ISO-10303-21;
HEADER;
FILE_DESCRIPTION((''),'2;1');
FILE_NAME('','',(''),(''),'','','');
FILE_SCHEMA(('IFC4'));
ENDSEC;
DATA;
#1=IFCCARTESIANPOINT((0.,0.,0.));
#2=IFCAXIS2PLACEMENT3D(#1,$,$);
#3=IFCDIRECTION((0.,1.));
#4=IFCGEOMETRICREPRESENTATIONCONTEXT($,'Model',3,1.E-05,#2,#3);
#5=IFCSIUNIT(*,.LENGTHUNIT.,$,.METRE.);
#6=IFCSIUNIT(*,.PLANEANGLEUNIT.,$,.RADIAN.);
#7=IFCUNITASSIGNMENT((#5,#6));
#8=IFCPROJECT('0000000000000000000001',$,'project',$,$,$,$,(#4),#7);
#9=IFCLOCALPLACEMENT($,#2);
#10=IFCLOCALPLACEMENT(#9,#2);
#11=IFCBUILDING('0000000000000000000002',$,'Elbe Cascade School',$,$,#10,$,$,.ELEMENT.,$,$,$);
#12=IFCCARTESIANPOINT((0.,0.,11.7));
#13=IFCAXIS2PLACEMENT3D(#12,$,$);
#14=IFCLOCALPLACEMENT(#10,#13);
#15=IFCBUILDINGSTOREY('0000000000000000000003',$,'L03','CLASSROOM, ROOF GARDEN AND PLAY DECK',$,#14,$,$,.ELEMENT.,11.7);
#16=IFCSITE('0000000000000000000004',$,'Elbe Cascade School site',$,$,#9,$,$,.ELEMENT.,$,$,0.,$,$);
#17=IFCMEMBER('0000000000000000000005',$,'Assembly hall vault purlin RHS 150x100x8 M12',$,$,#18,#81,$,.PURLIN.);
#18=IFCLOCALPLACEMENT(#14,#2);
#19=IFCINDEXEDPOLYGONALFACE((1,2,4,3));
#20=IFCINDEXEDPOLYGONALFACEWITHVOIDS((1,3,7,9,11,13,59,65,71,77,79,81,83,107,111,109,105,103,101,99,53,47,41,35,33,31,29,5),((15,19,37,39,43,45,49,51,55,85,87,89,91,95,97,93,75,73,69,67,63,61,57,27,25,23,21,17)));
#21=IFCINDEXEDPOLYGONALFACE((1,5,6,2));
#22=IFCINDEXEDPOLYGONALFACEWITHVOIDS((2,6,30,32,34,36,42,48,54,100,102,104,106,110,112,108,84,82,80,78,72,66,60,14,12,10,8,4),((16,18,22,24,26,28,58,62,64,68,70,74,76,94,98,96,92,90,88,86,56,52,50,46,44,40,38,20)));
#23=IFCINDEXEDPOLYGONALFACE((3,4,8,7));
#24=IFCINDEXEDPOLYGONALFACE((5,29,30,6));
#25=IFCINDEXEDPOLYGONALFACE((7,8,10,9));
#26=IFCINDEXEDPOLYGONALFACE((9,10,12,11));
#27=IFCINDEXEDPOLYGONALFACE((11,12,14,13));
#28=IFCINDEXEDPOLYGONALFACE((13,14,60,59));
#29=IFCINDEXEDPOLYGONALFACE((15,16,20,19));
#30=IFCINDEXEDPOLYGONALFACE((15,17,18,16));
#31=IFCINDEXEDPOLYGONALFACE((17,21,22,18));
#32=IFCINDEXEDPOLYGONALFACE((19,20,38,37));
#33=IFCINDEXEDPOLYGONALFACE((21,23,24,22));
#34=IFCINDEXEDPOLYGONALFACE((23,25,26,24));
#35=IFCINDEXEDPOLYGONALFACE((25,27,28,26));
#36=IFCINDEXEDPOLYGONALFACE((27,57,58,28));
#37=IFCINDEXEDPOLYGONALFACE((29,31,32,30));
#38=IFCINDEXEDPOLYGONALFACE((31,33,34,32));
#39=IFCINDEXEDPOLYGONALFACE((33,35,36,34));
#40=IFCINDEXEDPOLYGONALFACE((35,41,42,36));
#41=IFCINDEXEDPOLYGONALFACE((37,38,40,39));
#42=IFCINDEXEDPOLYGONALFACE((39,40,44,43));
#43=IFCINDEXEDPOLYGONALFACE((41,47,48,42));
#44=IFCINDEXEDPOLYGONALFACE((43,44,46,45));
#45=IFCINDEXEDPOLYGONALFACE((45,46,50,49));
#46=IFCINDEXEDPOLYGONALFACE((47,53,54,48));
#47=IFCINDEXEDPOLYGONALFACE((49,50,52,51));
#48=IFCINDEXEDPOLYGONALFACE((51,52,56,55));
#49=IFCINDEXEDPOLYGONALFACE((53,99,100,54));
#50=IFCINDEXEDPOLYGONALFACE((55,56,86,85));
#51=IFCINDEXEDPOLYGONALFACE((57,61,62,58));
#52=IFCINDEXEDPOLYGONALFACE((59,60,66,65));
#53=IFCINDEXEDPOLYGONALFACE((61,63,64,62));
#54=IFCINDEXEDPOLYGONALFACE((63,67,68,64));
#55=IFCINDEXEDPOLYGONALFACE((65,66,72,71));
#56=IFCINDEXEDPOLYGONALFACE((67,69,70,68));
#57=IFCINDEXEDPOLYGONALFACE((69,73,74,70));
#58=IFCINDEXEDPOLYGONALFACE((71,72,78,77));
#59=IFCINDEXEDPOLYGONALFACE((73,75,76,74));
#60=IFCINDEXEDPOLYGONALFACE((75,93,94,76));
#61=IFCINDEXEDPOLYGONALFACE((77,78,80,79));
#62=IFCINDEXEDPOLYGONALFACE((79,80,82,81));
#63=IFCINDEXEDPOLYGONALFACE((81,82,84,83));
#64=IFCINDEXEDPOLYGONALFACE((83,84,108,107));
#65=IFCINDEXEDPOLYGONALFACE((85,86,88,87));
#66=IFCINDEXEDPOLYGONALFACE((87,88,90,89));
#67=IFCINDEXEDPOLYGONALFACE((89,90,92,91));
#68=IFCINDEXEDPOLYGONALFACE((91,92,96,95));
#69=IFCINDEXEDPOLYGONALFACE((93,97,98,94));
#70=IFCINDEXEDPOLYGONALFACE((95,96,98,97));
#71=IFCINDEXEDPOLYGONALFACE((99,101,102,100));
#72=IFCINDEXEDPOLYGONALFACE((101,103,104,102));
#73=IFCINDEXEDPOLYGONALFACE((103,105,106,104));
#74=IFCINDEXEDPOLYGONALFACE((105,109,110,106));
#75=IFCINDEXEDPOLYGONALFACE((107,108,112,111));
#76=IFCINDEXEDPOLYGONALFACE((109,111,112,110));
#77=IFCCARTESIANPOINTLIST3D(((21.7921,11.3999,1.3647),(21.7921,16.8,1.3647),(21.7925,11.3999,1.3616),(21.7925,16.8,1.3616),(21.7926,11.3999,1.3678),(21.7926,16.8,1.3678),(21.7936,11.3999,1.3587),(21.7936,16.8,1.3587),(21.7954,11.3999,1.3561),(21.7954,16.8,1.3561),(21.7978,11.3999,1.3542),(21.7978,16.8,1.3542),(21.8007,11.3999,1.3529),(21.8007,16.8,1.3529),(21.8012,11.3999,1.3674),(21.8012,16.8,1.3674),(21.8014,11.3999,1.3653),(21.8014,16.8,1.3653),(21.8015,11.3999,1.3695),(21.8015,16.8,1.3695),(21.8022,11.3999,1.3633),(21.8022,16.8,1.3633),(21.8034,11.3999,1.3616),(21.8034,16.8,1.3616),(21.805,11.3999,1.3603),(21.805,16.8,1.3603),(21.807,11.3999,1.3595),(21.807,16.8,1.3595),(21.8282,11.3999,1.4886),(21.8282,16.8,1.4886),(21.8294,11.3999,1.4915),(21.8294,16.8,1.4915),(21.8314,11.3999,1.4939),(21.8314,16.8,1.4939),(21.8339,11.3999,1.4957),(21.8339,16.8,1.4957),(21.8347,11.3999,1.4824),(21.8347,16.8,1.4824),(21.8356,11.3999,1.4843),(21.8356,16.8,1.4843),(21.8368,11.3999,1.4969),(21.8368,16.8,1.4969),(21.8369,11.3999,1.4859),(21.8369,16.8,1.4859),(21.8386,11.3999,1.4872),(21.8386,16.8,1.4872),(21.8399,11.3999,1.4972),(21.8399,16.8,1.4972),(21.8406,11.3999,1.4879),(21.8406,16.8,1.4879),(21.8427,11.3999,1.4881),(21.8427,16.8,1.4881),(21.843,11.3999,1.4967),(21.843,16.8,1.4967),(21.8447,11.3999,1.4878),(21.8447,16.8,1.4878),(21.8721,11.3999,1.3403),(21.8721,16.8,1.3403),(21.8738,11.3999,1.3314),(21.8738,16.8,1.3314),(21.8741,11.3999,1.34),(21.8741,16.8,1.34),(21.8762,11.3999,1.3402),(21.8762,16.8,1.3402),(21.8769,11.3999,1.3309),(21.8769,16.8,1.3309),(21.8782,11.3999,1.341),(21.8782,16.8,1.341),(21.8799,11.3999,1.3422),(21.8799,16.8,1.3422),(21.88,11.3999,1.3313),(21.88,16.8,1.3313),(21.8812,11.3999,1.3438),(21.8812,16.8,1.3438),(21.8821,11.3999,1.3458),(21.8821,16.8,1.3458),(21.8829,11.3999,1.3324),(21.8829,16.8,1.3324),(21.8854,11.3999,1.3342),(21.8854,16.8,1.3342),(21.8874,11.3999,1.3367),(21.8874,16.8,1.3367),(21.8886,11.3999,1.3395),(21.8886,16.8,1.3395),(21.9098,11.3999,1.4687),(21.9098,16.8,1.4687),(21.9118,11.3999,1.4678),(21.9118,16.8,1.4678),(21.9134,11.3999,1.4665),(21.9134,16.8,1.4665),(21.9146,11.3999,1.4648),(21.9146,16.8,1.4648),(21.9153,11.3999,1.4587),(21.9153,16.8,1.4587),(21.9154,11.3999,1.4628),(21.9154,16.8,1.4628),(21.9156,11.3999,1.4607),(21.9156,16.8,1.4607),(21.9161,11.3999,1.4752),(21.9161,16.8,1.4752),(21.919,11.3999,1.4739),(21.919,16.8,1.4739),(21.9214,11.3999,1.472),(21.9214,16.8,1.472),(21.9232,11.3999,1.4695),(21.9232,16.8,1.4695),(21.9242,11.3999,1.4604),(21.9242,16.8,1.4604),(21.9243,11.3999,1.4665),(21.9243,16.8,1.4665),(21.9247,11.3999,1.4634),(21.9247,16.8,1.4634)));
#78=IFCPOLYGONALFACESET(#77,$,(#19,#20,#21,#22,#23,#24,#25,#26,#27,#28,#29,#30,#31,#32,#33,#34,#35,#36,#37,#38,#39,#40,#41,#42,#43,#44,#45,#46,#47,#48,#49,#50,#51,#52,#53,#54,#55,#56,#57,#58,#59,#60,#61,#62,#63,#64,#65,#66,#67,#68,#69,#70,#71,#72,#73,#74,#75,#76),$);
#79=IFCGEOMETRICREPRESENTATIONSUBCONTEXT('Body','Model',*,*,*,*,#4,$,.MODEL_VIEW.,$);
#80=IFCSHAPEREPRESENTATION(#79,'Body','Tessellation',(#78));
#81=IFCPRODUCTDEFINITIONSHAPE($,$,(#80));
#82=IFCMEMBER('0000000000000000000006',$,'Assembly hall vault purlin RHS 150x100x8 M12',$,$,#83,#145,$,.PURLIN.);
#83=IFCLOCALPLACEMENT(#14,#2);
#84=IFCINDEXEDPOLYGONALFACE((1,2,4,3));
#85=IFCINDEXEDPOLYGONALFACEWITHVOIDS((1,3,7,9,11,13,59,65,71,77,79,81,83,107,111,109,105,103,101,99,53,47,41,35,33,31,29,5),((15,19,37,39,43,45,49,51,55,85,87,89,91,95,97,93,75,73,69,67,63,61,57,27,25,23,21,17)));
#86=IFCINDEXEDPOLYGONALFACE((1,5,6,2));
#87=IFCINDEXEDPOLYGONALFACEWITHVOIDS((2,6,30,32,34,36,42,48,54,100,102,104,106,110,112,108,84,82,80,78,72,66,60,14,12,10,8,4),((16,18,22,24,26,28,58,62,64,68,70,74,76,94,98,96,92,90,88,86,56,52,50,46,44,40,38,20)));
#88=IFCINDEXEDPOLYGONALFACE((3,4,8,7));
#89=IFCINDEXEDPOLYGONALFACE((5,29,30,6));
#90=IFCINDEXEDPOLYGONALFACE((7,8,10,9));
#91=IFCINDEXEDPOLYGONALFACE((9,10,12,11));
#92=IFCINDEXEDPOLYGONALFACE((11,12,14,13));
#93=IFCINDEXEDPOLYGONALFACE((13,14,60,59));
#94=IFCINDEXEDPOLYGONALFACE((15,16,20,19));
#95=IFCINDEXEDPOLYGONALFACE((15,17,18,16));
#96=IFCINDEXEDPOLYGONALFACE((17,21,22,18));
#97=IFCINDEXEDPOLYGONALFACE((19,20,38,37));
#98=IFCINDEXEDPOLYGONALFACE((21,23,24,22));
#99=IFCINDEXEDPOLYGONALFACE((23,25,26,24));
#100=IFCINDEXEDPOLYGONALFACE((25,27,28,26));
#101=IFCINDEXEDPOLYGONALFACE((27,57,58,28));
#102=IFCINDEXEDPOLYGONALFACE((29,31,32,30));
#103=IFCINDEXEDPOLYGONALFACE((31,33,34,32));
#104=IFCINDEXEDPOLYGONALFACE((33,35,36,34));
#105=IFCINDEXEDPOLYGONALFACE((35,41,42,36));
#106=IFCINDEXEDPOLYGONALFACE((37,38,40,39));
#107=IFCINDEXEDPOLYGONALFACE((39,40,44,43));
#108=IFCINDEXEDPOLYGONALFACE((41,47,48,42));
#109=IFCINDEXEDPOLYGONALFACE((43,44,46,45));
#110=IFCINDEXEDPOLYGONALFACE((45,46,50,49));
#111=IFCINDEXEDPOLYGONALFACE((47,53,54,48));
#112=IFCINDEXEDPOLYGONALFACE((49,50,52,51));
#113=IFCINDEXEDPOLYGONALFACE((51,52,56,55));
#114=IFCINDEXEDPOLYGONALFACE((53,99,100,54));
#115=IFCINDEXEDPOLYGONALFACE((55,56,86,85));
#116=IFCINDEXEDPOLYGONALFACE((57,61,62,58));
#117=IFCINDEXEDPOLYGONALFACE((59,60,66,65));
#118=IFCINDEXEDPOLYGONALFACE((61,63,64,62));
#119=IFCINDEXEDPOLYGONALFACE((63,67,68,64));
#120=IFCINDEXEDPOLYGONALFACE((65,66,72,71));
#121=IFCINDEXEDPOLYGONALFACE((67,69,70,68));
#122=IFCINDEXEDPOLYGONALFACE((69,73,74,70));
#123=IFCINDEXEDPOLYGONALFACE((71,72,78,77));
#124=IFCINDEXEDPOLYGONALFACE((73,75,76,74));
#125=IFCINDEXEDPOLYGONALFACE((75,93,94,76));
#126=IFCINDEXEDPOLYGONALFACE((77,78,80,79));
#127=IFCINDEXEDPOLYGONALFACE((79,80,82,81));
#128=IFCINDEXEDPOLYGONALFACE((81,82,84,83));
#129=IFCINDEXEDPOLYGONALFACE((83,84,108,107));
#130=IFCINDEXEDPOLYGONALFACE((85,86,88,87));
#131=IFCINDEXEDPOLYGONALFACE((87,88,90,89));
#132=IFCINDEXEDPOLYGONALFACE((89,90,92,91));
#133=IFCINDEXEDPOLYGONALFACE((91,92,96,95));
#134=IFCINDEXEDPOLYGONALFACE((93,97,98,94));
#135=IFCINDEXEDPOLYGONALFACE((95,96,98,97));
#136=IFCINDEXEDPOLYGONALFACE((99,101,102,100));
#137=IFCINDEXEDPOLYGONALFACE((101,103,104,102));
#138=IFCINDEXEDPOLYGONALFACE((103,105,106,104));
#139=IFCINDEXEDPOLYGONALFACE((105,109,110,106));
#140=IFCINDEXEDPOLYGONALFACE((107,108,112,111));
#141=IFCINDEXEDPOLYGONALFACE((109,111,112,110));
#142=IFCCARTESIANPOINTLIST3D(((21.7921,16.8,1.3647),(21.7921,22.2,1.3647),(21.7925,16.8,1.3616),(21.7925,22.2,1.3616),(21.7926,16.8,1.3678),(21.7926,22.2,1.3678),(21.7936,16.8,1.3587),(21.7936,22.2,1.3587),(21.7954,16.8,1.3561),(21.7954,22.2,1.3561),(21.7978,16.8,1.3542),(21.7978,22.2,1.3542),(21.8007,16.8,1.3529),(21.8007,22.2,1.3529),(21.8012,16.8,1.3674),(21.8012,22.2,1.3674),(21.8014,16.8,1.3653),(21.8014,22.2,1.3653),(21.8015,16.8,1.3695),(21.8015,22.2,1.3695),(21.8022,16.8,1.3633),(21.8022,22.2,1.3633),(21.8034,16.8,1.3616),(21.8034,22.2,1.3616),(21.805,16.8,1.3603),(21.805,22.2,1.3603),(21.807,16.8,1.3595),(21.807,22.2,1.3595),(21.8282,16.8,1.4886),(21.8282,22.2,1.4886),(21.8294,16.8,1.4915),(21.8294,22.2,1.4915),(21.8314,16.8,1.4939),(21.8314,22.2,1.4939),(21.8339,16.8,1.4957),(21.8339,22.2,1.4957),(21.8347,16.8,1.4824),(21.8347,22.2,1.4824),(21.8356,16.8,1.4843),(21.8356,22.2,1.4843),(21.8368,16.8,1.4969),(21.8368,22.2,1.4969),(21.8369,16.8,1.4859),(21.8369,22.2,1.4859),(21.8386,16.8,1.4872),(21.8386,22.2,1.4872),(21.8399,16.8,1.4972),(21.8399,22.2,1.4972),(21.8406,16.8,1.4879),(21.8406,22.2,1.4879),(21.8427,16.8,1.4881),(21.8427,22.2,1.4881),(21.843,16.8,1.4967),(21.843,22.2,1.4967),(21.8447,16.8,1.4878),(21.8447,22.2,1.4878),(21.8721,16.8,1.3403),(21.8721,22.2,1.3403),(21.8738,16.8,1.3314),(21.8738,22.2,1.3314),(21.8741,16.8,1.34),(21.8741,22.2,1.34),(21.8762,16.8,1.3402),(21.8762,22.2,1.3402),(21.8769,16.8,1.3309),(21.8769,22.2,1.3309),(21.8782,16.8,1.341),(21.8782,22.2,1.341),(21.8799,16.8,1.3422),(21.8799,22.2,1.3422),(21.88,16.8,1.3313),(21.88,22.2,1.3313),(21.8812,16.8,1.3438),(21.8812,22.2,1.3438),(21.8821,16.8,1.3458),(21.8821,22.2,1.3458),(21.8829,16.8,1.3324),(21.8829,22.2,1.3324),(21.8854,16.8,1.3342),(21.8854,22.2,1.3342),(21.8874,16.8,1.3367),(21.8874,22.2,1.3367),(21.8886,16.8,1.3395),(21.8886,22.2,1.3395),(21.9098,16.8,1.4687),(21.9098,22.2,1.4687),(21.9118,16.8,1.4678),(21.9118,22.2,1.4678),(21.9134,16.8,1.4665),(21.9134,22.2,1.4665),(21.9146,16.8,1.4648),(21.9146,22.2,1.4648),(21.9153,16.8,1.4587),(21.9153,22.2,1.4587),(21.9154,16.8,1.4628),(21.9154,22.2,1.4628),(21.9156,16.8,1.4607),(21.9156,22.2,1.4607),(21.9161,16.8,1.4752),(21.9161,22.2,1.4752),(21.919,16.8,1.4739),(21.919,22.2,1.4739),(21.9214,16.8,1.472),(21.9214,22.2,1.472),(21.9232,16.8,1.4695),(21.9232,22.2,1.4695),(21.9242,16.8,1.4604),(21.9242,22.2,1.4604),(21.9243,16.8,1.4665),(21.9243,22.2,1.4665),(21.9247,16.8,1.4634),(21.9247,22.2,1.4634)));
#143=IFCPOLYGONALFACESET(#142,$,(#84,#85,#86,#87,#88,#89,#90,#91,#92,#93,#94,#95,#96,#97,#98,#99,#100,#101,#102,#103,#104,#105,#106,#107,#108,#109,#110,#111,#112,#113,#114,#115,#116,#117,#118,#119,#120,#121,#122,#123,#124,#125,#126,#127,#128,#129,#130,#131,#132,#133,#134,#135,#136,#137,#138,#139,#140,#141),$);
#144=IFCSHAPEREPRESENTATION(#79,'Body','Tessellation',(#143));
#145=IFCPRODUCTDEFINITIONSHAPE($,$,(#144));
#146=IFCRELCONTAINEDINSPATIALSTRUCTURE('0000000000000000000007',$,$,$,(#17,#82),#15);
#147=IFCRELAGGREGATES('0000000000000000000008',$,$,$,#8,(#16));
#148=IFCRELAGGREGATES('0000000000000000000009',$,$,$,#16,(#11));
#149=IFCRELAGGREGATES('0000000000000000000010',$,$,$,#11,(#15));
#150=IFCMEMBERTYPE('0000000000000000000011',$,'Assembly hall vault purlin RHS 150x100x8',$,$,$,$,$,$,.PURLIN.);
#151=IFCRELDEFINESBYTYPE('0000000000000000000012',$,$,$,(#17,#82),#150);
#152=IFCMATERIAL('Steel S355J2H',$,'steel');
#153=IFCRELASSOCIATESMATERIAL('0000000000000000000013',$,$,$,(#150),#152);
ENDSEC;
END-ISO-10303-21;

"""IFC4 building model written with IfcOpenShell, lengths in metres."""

from ifc_helpers import new_model, si_unit, direction, frame, origin, origin_2d, place, context, subcontext, project, spatial, hollow_rectangle, extrude, material, material_profile, profile_set, type_object, element, save


model = new_model("IFC4")

# Units and contexts
model_context = context("Model", 3, precision=1e-05, world=origin(), true_north=direction((0.0, 1.0)))
body_context = subcontext(model_context, "Body", "Model", "MODEL_VIEW")
ifc_project = project(units=[si_unit("LENGTHUNIT", "METRE"), si_unit("PLANEANGLEUNIT", "RADIAN")], contexts=[model_context])

# Site, building, storey
site_placement = place(None, origin())
site = spatial("IfcSite", under=ifc_project, at=site_placement, Name="Elbe Cascade School site", CompositionType="ELEMENT", RefElevation=0.0)
building_placement = place(site_placement, origin())
building = spatial("IfcBuilding", under=site, at=building_placement, Name="Elbe Cascade School", CompositionType="ELEMENT")
storey_placement = place(building_placement, frame((0.0, 0.0, 11.7)))
storey = spatial("IfcBuildingStorey", under=building, at=storey_placement, Name="L03", Description="CLASSROOM, ROOF GARDEN AND PLAY DECK", CompositionType="ELEMENT", Elevation=11.7)

# Members
ifc_material_1 = material(Name="Steel S355J2H", Category="steel")
ifc_material_profile_1 = material_profile(ifc_material_1, hollow_rectangle(XDim=0.1001, YDim=0.1499, WallThickness=0.0081, InnerFilletRadius=0.0081, OuterFilletRadius=0.012, at=origin_2d()), Name="RHS 150x100x8")
ifc_profile_set_1 = profile_set([ifc_material_profile_1], Name="Steel S355J2H")
member_type_1 = type_object("IfcMemberType", Name="Assembly hall vault purlin RHS 150x100x8", PredefinedType="PURLIN", material=ifc_profile_set_1)
member_1_placement = place(storey_placement, frame((21.8584, 11.3999, 1.4141), z_axis=(0.0, 1.0, 0.0), x_axis=(-0.959321, 0.0, 0.282318)))
element("IfcMember", 1, at=member_1_placement, inside=storey, type_object=member_type_1, Name="Assembly hall vault purlin RHS 150x100x8 M12", PredefinedType="PURLIN", context=body_context, shape_type="SweptSolid", body=[
    extrude(hollow_rectangle(XDim=0.1001, YDim=0.1499, WallThickness=0.0081, InnerFilletRadius=0.0081, OuterFilletRadius=0.012, at=origin_2d()), origin(), (0.0, 0.0, 1.0), 5.4001),
])
member_2_placement = place(storey_placement, frame((21.8584, 16.8, 1.4141), z_axis=(0.0, 1.0, 0.0), x_axis=(-0.959321, 0.0, 0.282318)))
element("IfcMember", 2, at=member_2_placement, inside=storey, type_object=member_type_1, Name="Assembly hall vault purlin RHS 150x100x8 M12", PredefinedType="PURLIN", context=body_context, shape_type="SweptSolid", body=[
    extrude(hollow_rectangle(XDim=0.1001, YDim=0.1499, WallThickness=0.0081, InnerFilletRadius=0.0081, OuterFilletRadius=0.012, at=origin_2d()), origin(), (0.0, 0.0, 1.0), 5.3999),
])

save(model, "model.ifc")
